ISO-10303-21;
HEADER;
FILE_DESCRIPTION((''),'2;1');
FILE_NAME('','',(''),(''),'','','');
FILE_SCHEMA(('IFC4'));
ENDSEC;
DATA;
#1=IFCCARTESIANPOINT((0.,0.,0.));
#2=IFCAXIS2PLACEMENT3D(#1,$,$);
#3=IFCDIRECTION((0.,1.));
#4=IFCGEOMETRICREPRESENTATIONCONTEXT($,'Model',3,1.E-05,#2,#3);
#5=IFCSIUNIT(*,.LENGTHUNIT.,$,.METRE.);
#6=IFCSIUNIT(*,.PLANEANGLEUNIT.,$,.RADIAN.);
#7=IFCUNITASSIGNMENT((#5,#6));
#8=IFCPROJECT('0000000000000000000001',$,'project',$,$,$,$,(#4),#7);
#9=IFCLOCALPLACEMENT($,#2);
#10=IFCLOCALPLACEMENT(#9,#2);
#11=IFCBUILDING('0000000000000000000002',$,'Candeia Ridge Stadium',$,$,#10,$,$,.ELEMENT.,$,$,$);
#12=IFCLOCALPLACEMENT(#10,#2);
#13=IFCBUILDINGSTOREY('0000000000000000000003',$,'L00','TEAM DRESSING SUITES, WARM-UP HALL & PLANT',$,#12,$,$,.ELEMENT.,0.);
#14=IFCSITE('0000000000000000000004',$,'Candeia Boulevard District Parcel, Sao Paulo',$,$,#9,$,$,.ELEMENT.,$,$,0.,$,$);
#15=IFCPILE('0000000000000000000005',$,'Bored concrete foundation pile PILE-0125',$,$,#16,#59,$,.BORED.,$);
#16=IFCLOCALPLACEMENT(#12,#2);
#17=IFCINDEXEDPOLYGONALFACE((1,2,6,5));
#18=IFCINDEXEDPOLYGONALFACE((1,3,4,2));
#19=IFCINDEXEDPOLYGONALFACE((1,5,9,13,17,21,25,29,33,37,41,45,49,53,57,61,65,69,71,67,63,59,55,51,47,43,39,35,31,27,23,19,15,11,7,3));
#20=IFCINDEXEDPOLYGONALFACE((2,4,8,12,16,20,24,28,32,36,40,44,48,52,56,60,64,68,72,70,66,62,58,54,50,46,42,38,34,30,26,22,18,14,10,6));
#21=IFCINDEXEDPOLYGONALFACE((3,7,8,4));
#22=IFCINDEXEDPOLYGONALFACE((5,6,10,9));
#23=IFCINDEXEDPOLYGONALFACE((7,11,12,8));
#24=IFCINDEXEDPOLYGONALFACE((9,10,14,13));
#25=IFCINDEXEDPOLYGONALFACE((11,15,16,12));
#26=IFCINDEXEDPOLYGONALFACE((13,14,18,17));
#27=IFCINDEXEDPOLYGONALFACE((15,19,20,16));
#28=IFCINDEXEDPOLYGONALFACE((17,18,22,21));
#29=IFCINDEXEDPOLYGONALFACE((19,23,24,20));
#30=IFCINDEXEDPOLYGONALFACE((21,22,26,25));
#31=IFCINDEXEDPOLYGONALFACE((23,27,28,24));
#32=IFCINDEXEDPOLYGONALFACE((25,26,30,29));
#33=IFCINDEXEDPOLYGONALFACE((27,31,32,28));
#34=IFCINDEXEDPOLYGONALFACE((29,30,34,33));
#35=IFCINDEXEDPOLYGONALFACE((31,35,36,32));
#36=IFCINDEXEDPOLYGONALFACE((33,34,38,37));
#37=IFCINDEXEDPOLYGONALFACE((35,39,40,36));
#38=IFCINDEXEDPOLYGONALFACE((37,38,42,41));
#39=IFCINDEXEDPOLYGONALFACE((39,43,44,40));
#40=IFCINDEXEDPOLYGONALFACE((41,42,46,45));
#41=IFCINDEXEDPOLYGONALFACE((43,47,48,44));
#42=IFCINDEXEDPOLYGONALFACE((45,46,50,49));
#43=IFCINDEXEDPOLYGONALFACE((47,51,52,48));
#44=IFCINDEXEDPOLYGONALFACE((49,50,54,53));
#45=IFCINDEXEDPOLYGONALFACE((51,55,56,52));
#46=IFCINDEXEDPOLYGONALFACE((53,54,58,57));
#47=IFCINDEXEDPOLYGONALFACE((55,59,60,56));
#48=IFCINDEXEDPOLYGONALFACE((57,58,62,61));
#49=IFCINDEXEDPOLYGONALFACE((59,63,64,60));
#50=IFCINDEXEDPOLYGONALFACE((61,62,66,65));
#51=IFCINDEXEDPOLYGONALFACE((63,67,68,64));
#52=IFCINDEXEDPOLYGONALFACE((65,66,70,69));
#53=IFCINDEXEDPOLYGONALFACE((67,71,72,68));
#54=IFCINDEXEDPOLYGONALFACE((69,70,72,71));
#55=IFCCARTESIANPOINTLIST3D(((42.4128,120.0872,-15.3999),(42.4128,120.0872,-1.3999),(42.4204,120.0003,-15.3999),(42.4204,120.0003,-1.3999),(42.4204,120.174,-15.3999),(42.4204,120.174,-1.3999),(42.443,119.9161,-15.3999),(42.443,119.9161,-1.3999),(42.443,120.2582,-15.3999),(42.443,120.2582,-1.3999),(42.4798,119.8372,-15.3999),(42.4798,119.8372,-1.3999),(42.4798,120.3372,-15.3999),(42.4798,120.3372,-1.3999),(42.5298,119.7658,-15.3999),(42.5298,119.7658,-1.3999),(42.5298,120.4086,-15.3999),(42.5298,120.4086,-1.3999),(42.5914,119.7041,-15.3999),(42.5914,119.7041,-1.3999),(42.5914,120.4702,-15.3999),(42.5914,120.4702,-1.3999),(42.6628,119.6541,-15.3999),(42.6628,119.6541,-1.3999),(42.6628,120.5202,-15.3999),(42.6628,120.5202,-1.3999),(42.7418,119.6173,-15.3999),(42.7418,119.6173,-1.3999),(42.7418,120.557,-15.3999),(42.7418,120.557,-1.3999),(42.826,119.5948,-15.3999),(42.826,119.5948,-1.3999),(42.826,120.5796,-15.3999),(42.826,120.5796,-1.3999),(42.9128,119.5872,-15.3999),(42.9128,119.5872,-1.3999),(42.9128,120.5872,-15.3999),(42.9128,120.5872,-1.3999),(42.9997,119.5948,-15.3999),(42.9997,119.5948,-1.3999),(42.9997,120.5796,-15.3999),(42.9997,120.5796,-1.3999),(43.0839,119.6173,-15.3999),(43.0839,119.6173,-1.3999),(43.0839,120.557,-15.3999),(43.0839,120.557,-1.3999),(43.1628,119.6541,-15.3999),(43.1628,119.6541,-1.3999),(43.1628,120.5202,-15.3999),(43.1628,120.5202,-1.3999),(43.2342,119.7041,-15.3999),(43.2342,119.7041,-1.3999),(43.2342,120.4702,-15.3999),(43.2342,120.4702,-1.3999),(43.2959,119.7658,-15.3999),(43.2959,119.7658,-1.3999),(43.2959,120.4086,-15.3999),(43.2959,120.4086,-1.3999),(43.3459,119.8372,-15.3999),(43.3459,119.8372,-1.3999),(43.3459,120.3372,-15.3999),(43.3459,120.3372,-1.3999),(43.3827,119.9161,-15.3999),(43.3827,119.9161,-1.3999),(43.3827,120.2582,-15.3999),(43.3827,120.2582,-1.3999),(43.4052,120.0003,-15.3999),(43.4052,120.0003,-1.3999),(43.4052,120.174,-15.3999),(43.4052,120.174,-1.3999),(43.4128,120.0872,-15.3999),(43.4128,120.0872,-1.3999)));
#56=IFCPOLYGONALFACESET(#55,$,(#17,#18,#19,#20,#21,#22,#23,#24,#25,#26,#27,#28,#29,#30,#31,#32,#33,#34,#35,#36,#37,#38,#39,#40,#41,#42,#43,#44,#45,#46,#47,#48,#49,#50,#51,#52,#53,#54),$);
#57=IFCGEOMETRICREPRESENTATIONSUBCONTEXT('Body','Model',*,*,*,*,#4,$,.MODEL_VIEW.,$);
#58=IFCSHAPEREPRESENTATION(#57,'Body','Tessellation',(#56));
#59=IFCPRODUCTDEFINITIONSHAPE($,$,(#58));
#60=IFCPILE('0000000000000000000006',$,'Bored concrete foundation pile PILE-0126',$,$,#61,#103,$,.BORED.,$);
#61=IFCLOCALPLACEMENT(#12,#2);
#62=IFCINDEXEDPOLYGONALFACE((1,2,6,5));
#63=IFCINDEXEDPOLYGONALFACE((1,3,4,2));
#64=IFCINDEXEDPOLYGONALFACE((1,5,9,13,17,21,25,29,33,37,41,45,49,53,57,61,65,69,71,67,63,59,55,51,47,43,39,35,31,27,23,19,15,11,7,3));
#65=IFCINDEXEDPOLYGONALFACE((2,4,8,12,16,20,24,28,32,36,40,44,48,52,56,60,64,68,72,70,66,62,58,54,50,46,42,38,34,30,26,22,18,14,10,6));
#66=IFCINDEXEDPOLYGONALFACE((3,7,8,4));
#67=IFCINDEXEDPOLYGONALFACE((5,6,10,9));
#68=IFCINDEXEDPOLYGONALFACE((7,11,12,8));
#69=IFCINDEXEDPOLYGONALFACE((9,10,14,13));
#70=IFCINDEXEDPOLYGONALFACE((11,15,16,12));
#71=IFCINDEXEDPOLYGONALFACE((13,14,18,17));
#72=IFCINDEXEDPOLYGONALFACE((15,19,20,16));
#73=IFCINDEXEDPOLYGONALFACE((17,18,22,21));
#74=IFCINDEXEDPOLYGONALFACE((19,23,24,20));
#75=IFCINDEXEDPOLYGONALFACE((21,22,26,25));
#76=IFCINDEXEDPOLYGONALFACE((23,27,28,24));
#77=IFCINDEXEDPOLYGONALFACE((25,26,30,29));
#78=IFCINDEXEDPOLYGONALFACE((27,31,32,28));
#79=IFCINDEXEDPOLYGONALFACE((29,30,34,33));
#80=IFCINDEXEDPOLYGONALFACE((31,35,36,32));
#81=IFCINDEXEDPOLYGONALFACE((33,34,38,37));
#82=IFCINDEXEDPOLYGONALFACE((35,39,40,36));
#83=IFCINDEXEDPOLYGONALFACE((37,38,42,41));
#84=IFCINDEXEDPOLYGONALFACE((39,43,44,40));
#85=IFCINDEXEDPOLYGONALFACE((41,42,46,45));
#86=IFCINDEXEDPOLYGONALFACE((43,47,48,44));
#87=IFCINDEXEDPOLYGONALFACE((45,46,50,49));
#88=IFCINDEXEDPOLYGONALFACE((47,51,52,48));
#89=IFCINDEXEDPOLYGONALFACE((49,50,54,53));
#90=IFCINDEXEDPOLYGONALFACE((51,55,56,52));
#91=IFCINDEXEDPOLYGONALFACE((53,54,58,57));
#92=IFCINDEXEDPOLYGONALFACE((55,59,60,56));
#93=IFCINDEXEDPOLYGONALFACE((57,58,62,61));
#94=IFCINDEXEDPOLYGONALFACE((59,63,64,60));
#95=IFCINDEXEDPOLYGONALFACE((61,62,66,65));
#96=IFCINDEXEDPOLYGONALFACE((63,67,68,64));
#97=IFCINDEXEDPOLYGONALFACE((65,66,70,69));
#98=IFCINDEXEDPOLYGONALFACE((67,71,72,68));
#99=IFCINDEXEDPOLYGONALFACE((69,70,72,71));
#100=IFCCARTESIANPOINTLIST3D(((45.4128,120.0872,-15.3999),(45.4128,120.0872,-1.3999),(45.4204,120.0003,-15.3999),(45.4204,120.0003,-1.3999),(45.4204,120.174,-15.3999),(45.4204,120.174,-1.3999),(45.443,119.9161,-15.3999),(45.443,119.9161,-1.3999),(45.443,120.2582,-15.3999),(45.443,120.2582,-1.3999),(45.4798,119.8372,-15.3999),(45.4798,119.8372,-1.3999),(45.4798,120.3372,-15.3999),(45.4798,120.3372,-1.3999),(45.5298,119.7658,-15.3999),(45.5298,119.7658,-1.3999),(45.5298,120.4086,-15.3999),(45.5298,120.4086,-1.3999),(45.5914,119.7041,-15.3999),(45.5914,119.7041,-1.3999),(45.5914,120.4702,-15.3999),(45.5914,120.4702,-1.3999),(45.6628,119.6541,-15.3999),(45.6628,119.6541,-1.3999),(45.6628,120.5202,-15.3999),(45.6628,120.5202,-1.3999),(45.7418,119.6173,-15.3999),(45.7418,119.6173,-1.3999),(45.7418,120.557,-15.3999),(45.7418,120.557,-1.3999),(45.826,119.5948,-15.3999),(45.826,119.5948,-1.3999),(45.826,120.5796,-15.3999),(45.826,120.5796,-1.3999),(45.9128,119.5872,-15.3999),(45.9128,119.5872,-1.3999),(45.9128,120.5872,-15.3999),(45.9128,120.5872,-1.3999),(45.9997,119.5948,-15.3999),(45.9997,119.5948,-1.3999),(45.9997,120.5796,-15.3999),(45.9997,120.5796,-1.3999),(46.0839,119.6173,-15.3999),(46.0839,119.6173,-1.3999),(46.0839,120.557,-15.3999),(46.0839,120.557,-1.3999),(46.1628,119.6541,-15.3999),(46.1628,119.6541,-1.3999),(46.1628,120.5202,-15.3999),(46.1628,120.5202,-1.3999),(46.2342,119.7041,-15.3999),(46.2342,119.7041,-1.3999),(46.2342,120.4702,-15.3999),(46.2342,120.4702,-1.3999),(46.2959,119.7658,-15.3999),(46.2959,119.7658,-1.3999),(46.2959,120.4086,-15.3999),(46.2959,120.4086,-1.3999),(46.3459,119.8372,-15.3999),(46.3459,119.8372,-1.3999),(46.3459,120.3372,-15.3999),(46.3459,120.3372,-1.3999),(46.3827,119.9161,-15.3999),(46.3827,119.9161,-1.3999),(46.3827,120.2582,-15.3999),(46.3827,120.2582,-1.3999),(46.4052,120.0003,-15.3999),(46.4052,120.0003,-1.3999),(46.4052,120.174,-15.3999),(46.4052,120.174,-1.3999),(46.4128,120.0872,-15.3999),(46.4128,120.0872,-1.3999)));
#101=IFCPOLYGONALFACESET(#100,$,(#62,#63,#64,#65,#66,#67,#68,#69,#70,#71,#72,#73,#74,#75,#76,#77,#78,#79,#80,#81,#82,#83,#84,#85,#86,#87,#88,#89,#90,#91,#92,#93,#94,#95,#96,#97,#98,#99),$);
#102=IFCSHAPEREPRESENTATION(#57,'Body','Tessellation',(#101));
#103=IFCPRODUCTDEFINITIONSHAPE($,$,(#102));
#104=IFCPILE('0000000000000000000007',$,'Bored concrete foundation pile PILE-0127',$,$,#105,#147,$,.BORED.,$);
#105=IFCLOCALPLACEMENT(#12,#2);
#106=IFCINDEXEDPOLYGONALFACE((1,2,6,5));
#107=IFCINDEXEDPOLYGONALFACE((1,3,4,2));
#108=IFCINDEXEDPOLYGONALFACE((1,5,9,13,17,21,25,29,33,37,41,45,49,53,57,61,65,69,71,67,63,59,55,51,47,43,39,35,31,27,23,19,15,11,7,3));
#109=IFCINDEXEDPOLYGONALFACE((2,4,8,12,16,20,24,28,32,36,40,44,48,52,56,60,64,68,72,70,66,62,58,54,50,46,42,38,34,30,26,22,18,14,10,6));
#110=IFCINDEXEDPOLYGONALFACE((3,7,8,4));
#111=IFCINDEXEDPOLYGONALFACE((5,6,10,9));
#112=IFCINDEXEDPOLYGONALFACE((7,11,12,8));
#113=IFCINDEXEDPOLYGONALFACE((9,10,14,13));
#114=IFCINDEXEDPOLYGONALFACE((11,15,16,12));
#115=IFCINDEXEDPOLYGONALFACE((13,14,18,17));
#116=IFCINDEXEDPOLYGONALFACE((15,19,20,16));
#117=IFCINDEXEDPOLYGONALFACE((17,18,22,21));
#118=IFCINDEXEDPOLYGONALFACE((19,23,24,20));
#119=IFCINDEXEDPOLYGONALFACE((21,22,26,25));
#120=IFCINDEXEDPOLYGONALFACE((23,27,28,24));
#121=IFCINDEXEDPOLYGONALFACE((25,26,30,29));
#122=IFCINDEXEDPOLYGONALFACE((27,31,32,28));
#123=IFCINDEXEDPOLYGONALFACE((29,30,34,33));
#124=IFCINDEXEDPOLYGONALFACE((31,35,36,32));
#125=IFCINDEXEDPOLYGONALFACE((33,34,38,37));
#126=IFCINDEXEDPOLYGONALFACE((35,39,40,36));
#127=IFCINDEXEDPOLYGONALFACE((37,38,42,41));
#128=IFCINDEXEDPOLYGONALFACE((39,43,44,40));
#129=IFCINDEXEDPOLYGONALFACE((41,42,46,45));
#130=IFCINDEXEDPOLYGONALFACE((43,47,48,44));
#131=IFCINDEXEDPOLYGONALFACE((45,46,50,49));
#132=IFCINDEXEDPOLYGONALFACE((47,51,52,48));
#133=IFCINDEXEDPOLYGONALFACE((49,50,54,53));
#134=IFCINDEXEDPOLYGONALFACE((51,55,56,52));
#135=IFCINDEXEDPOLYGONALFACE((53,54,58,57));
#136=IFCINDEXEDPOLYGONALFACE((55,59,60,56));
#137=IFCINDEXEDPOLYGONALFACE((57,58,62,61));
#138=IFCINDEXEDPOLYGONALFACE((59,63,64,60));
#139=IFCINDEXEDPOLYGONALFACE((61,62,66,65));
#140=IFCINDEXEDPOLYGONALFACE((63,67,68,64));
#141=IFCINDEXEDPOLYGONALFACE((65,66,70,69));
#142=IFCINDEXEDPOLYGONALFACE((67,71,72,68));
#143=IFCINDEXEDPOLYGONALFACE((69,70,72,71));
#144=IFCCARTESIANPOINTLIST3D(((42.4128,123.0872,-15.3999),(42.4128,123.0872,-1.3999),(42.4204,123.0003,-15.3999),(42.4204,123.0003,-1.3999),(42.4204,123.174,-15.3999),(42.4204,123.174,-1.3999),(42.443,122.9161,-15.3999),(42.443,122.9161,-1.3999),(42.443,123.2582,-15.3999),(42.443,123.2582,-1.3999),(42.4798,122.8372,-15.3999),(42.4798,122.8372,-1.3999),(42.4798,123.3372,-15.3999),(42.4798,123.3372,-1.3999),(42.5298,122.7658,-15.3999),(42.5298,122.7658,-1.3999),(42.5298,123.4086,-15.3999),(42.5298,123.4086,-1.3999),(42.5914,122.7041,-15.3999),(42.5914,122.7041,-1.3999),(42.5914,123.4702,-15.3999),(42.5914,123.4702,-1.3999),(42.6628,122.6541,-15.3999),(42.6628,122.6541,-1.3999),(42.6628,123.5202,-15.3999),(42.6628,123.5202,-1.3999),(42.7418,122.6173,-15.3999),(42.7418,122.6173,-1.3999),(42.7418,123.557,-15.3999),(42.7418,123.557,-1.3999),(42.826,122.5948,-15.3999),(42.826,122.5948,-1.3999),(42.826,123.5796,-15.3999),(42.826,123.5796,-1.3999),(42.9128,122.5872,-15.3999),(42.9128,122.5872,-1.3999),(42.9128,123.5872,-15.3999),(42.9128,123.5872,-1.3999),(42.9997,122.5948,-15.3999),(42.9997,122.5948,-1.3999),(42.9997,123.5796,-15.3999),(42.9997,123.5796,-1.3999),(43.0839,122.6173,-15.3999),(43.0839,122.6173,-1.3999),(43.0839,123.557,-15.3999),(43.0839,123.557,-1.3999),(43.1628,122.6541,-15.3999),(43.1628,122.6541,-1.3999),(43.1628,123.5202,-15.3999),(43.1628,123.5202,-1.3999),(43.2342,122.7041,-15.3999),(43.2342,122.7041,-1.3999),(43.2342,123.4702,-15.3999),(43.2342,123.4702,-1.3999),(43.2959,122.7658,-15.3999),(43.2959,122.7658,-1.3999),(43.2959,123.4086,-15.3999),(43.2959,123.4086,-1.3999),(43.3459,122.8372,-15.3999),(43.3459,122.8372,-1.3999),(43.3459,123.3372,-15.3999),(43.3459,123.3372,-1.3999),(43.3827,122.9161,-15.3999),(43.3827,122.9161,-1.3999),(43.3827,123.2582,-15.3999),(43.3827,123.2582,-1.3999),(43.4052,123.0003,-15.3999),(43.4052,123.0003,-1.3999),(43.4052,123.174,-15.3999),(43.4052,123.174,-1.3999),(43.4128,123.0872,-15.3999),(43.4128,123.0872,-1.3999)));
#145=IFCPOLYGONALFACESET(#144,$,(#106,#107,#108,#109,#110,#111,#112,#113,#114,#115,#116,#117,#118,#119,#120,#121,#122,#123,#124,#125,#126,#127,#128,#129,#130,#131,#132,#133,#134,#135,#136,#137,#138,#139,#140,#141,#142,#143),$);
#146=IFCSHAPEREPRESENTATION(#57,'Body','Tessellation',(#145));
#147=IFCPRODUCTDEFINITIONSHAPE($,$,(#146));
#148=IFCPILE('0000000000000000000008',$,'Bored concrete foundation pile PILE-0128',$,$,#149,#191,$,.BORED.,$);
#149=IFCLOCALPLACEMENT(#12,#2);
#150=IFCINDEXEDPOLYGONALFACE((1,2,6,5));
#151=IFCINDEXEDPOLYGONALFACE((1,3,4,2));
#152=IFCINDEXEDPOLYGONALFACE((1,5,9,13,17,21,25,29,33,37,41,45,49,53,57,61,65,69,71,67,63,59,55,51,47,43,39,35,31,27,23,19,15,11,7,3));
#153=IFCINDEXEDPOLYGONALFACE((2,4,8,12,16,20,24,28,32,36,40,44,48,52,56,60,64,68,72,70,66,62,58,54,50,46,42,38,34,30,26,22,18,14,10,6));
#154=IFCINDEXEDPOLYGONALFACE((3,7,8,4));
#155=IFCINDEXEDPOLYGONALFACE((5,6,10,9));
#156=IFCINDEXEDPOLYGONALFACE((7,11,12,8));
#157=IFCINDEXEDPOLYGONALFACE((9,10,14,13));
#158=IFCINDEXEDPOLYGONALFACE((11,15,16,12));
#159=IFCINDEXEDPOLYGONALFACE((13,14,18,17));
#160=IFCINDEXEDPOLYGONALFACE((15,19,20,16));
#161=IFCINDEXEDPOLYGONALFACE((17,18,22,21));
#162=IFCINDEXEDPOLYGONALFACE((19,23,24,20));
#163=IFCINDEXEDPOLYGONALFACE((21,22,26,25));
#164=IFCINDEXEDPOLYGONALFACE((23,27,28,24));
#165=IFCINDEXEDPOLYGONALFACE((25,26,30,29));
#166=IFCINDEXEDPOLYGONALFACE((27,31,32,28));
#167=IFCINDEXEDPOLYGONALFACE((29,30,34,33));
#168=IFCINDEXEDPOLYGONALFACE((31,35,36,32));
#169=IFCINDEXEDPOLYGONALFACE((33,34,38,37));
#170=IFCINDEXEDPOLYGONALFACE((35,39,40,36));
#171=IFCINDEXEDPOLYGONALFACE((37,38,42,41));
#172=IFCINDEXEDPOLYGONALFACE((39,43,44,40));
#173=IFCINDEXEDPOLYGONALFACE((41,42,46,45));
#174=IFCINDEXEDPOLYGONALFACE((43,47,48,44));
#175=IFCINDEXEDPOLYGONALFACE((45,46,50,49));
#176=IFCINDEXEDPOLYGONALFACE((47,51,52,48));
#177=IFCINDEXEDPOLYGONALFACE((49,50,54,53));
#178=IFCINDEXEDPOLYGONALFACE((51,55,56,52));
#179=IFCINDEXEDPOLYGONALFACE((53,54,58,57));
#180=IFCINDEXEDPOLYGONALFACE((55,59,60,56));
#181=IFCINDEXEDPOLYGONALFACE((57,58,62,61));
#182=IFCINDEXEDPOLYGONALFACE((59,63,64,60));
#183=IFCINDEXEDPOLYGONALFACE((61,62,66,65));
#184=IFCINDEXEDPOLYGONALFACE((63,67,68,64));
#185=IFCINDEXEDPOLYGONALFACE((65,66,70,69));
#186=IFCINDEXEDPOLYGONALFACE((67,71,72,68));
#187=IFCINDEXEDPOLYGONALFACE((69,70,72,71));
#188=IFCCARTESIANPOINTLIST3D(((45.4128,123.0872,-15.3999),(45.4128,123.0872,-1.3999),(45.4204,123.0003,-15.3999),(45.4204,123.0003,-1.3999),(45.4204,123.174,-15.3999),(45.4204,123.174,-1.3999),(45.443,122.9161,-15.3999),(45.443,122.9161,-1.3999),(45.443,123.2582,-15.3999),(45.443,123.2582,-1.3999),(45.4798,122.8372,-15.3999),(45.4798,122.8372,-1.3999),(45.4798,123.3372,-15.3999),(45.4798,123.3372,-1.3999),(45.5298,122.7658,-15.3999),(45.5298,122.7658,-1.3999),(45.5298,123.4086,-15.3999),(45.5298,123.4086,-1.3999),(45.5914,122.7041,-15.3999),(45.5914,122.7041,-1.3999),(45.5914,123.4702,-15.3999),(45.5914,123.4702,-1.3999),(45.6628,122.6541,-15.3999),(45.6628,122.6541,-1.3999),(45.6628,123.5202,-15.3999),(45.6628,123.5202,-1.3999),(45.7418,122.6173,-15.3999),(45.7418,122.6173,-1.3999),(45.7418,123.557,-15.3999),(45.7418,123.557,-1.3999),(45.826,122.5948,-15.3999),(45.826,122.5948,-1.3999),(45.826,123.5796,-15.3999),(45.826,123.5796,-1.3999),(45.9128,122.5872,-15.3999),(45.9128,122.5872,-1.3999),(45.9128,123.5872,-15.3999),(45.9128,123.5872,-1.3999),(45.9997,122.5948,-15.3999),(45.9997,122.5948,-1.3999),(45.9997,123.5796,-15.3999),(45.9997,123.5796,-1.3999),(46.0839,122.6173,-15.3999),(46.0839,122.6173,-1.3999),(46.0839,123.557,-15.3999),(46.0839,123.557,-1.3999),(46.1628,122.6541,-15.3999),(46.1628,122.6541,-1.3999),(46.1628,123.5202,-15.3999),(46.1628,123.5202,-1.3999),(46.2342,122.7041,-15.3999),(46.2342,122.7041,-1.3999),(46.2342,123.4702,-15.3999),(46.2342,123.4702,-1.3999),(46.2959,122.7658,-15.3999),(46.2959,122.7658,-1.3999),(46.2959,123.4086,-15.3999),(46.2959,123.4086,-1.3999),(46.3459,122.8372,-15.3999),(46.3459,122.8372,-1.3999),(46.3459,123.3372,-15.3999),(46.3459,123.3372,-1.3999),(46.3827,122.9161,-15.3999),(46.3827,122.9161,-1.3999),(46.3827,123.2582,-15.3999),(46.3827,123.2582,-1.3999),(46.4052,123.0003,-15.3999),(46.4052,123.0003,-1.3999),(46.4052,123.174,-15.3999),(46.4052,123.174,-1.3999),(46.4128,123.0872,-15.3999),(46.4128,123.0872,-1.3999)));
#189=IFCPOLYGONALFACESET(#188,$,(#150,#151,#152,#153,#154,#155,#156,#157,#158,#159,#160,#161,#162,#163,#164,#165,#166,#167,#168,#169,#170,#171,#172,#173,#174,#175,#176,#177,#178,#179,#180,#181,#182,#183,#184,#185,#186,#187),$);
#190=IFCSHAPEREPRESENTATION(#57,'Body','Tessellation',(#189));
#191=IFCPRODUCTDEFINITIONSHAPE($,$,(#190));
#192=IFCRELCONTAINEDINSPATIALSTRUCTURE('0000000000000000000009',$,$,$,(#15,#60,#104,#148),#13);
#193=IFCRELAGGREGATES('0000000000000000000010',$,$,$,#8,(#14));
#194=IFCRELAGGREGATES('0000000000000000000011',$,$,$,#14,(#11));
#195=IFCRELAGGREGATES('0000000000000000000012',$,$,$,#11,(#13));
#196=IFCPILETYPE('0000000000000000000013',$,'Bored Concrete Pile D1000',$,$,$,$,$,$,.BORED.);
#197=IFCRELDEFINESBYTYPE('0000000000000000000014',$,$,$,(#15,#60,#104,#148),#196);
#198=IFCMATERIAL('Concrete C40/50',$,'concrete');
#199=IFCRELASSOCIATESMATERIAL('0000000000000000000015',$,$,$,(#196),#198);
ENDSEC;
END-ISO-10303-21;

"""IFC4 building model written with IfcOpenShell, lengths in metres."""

from ifc_helpers import new_model, si_unit, direction, frame, origin, origin_2d, place, context, subcontext, project, spatial, circle, extrude, material, material_profile, profile_set, type_object, element, save


model = new_model("IFC4")

# Units and contexts
model_context = context("Model", 3, precision=1e-05, world=origin(), true_north=direction((0.0, 1.0)))
body_context = subcontext(model_context, "Body", "Model", "MODEL_VIEW")
ifc_project = project(units=[si_unit("LENGTHUNIT", "METRE"), si_unit("PLANEANGLEUNIT", "RADIAN")], contexts=[model_context])

# Site, building, storey
site_placement = place(None, origin())
site = spatial("IfcSite", under=ifc_project, at=site_placement, Name="Candeia Boulevard District Parcel, Sao Paulo", CompositionType="ELEMENT", RefElevation=0.0)
building_placement = place(site_placement, origin())
building = spatial("IfcBuilding", under=site, at=building_placement, Name="Candeia Ridge Stadium", CompositionType="ELEMENT")
storey_placement = place(building_placement, origin())
storey = spatial("IfcBuildingStorey", under=building, at=storey_placement, Name="L00", Description="TEAM DRESSING SUITES, WARM-UP HALL & PLANT", CompositionType="ELEMENT", Elevation=0.0)

# Piles
ifc_material_1 = material(Name="Concrete C40/50", Category="concrete")
ifc_material_profile_1 = material_profile(ifc_material_1, circle(Radius=0.5, at=origin_2d()), Name="PILE-D1000", Category="concrete")
ifc_profile_set_1 = profile_set([ifc_material_profile_1], Name="Concrete C40/50")
pile_type_1 = type_object("IfcPileType", Name="Bored Concrete Pile D1000", PredefinedType="BORED", material=ifc_profile_set_1)
for number, where, z_axis, x_axis, name in (
    (1, (42.9128, 120.0872, -1.3999), (0.0, 0.0, -1.0), (1.0, 0.0, 0.0), "Bored concrete foundation pile PILE-0125"),
    (2, (45.9128, 120.0872, -1.3999), (0.0, 0.0, -1.0), (1.0, 0.0, 0.0), "Bored concrete foundation pile PILE-0126"),
    (3, (42.9128, 123.0872, -1.3999), (0.0, 0.0, -1.0), (1.0, 0.0, 0.0), "Bored concrete foundation pile PILE-0127"),
    (4, (45.9128, 123.0872, -1.3999), (0.0, 0.0, -1.0), (1.0, 0.0, 0.0), "Bored concrete foundation pile PILE-0128"),
):
    element("IfcPile", number, at=place(storey_placement, frame(where, z_axis=z_axis, x_axis=x_axis)), inside=storey, type_object=pile_type_1, Name=name, PredefinedType="BORED", context=body_context, shape_type="SweptSolid", body=[
        extrude(circle(Radius=0.5, at=origin_2d()), origin(), (0.0, 0.0, 1.0), 14.0),
    ])

save(model, "model.ifc")
